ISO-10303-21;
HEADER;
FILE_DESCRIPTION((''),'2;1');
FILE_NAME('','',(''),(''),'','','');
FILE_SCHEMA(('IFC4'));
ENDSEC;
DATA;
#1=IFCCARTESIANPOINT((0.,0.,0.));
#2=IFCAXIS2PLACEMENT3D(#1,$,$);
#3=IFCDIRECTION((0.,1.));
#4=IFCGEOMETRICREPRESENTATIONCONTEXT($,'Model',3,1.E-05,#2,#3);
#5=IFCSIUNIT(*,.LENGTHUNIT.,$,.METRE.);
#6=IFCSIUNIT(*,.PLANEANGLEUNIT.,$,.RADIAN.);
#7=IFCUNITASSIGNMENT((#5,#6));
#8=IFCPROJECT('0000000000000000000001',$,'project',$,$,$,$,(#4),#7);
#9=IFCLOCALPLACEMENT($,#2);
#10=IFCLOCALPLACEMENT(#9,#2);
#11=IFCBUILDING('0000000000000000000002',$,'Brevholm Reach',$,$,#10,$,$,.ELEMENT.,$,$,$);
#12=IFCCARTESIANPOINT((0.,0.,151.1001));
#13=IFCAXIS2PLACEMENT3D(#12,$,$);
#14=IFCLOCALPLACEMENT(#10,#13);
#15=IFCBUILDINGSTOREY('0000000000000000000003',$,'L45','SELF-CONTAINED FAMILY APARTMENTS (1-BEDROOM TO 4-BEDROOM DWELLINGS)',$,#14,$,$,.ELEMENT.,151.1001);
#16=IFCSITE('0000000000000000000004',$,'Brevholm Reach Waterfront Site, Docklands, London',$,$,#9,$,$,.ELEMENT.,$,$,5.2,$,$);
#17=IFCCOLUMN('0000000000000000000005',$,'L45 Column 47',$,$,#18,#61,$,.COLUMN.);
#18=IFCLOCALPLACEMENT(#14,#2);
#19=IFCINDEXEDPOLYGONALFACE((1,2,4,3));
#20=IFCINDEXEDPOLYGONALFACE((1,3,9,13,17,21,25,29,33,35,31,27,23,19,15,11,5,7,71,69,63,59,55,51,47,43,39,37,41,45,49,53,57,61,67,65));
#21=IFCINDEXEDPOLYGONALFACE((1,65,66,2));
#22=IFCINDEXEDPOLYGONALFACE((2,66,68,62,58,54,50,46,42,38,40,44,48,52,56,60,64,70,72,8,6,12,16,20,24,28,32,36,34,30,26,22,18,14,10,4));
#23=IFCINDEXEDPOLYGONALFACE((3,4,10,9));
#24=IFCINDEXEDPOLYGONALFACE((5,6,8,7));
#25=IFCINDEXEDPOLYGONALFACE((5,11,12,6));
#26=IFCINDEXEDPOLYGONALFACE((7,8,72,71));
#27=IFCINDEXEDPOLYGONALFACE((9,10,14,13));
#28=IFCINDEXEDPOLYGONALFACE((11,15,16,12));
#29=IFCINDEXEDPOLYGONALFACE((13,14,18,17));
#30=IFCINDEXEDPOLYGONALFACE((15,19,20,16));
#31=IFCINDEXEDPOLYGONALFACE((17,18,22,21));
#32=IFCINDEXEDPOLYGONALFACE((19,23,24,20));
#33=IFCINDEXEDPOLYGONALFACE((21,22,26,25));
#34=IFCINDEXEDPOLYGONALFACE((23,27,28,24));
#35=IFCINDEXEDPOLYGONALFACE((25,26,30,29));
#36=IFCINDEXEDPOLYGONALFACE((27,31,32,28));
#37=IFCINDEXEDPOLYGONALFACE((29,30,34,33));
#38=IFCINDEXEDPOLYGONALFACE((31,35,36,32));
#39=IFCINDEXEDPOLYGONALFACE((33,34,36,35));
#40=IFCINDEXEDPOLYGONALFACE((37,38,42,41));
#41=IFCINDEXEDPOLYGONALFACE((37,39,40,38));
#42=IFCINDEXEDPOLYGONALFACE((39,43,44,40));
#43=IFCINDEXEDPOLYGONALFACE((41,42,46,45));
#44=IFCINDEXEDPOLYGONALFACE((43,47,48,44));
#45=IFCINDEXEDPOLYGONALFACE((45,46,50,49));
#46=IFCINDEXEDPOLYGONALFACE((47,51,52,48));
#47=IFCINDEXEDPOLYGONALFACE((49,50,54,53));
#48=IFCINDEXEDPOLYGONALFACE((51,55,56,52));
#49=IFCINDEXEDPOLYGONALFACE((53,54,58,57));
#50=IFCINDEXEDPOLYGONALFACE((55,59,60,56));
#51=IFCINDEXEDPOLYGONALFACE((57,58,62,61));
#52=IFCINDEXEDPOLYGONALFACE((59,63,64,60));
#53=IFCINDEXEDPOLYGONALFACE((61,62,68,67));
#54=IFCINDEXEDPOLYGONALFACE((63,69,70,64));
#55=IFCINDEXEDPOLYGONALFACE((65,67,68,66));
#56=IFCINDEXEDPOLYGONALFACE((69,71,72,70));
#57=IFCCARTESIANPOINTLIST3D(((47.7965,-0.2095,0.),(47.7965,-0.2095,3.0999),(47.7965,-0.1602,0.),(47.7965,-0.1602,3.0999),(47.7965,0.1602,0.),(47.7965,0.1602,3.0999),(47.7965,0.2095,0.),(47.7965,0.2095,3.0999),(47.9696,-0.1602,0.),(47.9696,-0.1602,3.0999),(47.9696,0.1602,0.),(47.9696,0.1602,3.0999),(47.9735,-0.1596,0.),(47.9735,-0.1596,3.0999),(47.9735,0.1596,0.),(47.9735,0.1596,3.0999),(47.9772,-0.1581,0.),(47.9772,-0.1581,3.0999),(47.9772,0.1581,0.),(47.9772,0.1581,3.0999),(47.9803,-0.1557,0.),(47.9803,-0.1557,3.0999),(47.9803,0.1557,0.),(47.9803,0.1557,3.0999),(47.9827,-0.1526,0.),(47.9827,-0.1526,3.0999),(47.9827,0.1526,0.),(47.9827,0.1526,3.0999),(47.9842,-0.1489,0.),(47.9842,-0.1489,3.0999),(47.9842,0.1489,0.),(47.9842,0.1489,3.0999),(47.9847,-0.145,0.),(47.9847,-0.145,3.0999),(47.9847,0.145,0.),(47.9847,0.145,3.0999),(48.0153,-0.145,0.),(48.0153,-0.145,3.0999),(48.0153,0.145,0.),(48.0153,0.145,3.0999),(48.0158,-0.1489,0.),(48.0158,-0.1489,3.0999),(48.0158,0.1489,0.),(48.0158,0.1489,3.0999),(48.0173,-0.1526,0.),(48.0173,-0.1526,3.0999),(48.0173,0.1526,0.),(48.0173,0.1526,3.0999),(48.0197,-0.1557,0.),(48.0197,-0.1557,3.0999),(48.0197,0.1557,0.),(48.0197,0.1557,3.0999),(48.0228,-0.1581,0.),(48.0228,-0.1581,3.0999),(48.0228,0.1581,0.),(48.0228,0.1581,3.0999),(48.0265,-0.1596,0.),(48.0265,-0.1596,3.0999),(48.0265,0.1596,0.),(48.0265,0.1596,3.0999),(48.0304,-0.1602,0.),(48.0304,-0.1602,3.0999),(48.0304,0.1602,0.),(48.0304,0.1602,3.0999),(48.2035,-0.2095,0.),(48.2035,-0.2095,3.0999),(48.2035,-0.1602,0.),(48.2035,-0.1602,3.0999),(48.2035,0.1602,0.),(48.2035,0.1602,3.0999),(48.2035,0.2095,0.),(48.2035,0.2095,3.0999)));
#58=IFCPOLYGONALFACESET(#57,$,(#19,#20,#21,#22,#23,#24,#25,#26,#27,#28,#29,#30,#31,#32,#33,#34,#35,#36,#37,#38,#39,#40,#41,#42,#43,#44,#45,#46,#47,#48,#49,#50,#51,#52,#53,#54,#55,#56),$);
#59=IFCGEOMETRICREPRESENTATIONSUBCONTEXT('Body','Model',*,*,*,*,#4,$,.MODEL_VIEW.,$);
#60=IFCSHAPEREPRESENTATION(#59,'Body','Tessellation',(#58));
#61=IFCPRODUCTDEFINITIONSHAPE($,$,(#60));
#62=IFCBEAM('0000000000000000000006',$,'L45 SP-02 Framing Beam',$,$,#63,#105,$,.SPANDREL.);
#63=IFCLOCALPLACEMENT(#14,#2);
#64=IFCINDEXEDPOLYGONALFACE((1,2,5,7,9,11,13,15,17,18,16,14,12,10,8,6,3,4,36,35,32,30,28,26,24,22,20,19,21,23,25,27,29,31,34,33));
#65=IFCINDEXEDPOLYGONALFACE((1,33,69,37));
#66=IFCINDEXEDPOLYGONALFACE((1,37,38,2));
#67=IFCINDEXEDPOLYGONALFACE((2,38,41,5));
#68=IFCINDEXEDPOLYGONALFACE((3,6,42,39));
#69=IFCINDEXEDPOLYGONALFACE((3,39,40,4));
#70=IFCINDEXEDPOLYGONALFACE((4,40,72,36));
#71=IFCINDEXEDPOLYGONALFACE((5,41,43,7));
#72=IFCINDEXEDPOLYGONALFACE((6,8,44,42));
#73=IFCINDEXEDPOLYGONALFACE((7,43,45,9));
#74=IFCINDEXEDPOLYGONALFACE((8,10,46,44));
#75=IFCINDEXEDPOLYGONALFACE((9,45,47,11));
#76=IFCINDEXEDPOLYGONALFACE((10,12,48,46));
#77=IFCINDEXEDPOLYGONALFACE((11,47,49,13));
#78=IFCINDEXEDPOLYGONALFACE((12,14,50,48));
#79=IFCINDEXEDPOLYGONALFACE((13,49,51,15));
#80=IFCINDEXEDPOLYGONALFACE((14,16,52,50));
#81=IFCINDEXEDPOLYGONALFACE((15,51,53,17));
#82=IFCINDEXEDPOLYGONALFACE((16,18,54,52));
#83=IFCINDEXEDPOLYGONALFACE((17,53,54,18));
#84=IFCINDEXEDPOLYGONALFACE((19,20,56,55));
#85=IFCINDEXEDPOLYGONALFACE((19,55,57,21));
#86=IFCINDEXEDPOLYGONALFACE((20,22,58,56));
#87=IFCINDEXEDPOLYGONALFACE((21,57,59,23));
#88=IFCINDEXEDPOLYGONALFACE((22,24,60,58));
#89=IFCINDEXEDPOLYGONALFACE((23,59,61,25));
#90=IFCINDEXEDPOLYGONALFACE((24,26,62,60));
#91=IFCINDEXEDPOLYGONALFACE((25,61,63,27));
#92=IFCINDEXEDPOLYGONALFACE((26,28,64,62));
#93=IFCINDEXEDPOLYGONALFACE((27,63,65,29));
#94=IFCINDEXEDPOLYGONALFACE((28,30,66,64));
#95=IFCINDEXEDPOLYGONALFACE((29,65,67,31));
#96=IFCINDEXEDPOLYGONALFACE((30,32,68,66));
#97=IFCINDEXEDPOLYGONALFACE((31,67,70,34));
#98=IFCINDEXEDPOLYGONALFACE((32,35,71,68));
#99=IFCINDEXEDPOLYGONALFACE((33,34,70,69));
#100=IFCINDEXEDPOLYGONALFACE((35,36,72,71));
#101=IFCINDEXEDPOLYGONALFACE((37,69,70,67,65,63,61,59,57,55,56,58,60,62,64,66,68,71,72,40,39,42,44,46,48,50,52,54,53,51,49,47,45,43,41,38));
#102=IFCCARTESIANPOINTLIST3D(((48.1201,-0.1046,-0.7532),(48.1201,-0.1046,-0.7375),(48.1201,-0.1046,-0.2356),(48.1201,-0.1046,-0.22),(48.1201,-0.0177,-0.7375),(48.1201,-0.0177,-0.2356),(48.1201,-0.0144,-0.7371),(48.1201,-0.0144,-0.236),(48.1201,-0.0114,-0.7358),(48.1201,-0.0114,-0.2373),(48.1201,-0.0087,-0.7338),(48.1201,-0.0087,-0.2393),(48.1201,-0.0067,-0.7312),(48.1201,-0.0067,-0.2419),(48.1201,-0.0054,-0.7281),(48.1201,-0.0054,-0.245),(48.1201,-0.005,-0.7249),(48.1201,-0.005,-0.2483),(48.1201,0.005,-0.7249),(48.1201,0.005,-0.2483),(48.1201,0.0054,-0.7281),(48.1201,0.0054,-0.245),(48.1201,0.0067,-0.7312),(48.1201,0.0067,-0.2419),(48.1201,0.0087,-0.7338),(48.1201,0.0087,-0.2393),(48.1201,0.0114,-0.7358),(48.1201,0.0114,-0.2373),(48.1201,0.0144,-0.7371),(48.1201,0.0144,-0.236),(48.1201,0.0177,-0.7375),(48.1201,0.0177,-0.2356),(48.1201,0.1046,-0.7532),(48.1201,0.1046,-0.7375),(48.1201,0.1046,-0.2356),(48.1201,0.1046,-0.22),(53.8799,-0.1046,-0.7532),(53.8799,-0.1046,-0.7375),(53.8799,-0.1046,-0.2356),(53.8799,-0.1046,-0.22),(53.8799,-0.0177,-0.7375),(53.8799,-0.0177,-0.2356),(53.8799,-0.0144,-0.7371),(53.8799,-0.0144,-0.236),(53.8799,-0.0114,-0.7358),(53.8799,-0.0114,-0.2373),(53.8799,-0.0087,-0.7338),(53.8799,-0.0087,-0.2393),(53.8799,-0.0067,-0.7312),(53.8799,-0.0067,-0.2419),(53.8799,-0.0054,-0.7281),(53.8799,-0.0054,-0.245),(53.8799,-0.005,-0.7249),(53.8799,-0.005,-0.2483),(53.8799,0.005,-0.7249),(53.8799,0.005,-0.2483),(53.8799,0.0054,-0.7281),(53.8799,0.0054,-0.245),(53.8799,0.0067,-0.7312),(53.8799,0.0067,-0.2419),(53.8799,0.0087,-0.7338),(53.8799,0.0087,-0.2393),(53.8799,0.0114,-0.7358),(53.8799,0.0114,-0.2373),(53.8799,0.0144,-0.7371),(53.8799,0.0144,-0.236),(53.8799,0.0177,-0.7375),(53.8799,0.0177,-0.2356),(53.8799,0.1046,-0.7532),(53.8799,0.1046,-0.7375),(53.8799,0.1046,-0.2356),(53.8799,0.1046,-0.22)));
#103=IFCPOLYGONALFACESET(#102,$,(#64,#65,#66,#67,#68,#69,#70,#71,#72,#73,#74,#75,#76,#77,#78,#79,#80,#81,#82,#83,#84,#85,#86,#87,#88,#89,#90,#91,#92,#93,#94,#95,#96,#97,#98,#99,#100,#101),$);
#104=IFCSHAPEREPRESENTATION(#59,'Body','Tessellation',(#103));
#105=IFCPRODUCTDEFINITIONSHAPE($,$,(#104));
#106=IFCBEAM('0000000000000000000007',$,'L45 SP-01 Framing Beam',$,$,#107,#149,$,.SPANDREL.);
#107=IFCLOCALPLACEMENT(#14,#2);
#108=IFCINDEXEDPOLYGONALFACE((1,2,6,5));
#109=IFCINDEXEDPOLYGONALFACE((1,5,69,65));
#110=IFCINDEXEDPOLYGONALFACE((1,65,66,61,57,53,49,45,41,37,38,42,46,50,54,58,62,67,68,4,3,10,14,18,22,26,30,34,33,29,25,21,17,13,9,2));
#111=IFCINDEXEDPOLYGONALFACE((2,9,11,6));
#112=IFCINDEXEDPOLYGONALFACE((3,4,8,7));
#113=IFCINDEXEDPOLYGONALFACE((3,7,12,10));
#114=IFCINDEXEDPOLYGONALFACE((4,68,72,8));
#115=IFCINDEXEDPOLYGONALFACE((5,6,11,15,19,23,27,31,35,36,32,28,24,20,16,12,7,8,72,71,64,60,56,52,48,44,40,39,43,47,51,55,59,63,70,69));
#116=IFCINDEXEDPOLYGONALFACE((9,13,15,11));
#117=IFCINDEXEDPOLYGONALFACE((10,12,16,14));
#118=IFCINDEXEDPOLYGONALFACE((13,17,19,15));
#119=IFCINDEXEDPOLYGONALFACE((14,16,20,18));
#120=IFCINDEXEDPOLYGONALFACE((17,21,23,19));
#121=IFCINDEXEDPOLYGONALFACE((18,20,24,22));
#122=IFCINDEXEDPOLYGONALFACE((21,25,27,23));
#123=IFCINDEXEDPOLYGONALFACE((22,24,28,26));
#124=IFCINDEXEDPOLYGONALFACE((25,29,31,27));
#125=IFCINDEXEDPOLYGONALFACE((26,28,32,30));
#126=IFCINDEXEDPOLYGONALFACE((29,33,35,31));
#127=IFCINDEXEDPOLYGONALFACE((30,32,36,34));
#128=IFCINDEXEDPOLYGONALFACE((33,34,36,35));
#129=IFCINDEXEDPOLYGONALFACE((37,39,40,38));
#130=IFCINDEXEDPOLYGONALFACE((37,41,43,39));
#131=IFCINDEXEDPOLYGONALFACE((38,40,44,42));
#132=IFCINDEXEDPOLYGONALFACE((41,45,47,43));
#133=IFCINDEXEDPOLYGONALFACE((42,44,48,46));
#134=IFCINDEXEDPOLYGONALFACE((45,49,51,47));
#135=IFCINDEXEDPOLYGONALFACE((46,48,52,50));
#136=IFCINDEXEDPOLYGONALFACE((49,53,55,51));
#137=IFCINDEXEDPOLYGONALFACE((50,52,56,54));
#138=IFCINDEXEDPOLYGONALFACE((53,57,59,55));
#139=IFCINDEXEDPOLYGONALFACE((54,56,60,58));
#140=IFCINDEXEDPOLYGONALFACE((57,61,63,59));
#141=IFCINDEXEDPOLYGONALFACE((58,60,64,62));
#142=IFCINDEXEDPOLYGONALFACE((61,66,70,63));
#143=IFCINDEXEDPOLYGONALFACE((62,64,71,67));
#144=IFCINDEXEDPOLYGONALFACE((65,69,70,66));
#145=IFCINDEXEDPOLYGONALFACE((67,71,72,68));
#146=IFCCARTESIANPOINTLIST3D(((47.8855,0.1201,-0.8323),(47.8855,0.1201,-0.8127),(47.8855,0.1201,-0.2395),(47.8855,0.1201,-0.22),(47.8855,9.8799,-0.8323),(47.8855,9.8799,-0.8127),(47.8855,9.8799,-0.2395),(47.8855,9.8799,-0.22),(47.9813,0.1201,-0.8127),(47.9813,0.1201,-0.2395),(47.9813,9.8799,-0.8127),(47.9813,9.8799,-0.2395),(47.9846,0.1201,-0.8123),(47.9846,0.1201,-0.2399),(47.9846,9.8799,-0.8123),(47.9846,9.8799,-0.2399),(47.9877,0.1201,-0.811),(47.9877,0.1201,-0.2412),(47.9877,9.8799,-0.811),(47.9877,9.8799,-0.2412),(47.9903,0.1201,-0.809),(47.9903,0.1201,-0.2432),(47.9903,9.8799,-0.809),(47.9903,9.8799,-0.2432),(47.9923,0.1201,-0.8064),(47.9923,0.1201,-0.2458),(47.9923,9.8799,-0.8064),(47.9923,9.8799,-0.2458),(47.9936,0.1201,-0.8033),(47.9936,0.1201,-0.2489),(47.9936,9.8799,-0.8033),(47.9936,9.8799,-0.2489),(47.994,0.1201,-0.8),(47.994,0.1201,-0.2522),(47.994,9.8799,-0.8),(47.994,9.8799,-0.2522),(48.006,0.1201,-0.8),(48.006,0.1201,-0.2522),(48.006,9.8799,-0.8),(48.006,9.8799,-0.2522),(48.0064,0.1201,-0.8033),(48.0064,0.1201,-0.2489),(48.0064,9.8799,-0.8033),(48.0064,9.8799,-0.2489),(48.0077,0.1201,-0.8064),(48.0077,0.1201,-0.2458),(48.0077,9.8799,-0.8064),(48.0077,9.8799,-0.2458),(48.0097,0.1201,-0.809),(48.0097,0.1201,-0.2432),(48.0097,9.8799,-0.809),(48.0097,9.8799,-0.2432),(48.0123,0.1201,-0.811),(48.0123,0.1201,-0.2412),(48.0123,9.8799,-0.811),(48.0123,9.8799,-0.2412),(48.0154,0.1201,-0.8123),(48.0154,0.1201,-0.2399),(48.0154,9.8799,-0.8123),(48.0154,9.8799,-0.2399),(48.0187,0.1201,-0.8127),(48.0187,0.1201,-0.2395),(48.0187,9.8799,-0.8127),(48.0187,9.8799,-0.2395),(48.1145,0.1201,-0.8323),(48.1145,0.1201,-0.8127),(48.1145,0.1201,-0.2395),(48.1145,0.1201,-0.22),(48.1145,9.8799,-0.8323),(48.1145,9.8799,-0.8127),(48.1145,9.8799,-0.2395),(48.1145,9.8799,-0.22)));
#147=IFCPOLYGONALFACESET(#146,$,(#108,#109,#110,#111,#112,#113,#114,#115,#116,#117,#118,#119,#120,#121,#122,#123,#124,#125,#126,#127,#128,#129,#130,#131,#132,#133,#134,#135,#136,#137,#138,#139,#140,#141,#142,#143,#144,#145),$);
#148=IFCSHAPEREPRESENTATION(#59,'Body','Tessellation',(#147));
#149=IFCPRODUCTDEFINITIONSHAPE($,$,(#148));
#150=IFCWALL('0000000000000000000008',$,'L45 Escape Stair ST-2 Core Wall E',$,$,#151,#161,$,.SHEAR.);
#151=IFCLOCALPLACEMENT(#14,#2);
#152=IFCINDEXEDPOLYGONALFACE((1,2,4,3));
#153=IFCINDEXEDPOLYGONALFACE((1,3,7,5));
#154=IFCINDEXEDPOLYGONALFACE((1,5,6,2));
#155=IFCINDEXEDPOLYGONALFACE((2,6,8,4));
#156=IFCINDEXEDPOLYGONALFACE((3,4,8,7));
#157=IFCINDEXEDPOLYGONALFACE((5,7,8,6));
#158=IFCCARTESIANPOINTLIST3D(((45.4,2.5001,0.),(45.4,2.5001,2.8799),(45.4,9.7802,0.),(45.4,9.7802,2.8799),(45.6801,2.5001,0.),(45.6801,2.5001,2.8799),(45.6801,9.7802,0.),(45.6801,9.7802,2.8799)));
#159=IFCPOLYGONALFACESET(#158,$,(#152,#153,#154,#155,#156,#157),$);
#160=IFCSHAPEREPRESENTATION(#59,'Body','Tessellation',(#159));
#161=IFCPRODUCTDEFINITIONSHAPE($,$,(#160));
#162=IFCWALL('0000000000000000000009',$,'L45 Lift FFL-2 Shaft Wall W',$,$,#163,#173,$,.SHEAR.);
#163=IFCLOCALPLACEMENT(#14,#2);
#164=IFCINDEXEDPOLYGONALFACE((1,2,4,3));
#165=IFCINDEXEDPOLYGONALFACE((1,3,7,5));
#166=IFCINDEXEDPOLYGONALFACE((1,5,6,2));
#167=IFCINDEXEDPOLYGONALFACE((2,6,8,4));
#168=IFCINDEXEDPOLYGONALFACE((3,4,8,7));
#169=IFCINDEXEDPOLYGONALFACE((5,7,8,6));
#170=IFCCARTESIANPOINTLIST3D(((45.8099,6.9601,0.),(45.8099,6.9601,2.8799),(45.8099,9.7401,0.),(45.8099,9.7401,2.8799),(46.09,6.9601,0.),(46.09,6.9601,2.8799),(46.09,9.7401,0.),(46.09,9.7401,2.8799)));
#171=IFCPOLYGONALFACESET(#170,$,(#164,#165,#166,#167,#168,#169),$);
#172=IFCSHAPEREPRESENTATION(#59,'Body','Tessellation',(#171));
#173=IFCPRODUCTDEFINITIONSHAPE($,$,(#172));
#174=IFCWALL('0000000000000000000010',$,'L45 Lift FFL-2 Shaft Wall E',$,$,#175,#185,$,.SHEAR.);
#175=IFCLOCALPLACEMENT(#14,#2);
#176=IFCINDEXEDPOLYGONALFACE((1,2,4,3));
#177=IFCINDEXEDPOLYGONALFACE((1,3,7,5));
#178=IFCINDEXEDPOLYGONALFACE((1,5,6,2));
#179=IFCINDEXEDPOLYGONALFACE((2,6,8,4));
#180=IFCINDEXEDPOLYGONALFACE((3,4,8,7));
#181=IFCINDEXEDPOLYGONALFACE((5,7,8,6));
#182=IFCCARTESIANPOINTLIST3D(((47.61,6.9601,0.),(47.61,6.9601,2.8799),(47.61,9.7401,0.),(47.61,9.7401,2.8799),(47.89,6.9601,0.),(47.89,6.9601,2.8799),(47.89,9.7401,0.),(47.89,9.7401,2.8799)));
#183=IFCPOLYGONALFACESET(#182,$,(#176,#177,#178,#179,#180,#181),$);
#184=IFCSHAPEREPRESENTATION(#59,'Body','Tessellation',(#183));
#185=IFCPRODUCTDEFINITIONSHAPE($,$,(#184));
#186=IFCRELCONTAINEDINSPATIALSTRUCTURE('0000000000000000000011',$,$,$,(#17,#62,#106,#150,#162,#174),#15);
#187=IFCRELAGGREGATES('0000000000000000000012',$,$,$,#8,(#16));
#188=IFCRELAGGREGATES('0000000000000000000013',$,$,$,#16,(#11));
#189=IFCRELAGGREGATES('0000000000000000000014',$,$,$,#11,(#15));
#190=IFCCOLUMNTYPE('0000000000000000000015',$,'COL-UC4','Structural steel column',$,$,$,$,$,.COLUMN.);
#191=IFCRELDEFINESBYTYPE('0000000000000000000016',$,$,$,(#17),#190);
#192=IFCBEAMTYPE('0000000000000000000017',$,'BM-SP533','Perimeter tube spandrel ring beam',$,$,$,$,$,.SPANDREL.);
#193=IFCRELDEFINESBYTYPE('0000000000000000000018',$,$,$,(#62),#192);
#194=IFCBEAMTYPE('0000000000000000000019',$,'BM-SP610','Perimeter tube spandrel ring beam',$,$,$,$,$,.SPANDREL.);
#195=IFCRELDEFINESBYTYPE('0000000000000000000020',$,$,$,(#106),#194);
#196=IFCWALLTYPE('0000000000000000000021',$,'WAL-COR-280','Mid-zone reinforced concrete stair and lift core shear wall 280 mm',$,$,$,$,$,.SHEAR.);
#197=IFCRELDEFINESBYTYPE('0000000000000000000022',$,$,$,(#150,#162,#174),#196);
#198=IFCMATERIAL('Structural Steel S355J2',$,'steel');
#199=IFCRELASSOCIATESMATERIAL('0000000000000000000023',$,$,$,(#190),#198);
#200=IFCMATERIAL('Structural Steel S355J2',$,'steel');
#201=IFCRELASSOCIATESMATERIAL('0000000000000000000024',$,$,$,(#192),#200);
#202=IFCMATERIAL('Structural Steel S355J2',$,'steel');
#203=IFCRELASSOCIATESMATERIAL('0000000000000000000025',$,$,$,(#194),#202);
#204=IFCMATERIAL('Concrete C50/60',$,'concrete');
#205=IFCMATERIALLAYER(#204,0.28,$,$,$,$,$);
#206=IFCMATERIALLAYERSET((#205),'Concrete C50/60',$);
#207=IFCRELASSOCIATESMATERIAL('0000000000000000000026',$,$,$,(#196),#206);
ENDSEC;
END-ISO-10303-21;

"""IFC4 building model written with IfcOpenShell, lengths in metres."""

from ifc_helpers import new_model, si_unit, direction, frame, frame_2d, origin, origin_2d, place, context, subcontext, project, spatial, rectangle, i_section, extrude, material, layer, layer_set, material_profile, profile_set, type_object, element, save


model = new_model("IFC4")

# Units and contexts
model_context = context("Model", 3, precision=1e-05, world=origin(), true_north=direction((0.0, 1.0)))
body_context = subcontext(model_context, "Body", "Model", "MODEL_VIEW")
ifc_project = project(units=[si_unit("LENGTHUNIT", "METRE"), si_unit("PLANEANGLEUNIT", "RADIAN")], contexts=[model_context])

# Site, building, storey
site_placement = place(None, origin())
site = spatial("IfcSite", under=ifc_project, at=site_placement, Name="Brevholm Reach Waterfront Site, Docklands, London", CompositionType="ELEMENT", RefElevation=5.2)
building_placement = place(site_placement, origin())
building = spatial("IfcBuilding", under=site, at=building_placement, Name="Brevholm Reach", CompositionType="ELEMENT")
storey_placement = place(building_placement, frame((0.0, 0.0, 151.1001)))
storey = spatial("IfcBuildingStorey", under=building, at=storey_placement, Name="L45", Description="SELF-CONTAINED FAMILY APARTMENTS (1-BEDROOM TO 4-BEDROOM DWELLINGS)", CompositionType="ELEMENT", Elevation=151.1001)

# Column
ifc_material_1 = material(Name="Structural Steel S355J2", Category="steel")
ifc_material_profile_1 = material_profile(ifc_material_1, i_section(OverallWidth=0.407, OverallDepth=0.4189, WebThickness=0.0305, FlangeThickness=0.0493, FilletRadius=0.0151, at=origin_2d()), Name="UKC 356x406x393")
ifc_profile_set_1 = profile_set([ifc_material_profile_1], Name="Structural Steel S355J2")
column_type = type_object("IfcColumnType", Name="COL-UC4", Description="Structural steel column", PredefinedType="COLUMN", material=ifc_profile_set_1)
column_placement = place(storey_placement, frame((48.0, 0.0, 0.0), z_axis=(0.0, 0.0, 1.0), x_axis=(1.0, 0.0, 0.0)))
element("IfcColumn", 1, at=column_placement, inside=storey, type_object=column_type, Name="L45 Column 47", PredefinedType="COLUMN", context=body_context, shape_type="SweptSolid", body=[
    extrude(i_section(OverallWidth=0.407, OverallDepth=0.4189, WebThickness=0.0305, FlangeThickness=0.0493, FilletRadius=0.0151, at=origin_2d()), origin(), (0.0, 0.0, 1.0), 3.0999),
])

# Beams
ifc_material_2 = material(Name="Structural Steel S355J2", Category="steel")
ifc_material_profile_2 = material_profile(ifc_material_2, i_section(OverallWidth=0.2092, OverallDepth=0.5332, WebThickness=0.01, FlangeThickness=0.0156, FilletRadius=0.0127, at=origin_2d()), Name="UKB 533x210x92")
ifc_profile_set_2 = profile_set([ifc_material_profile_2], Name="Structural Steel S355J2")
beam_type_1 = type_object("IfcBeamType", Name="BM-SP533", Description="Perimeter tube spandrel ring beam", PredefinedType="SPANDREL", material=ifc_profile_set_2)
beam_1_placement = place(storey_placement, frame((48.1201, 0.0, -0.4866), z_axis=(1.0, 0.0, 0.0), x_axis=(0.0, 1.0, 0.0)))
element("IfcBeam", 2, at=beam_1_placement, inside=storey, type_object=beam_type_1, Name="L45 SP-02 Framing Beam", PredefinedType="SPANDREL", context=body_context, shape_type="SweptSolid", body=[
    extrude(i_section(OverallWidth=0.2092, OverallDepth=0.5332, WebThickness=0.01, FlangeThickness=0.0156, FilletRadius=0.0127, at=origin_2d()), origin(), (0.0, 0.0, 1.0), 5.7598),
])
ifc_material_3 = material(Name="Structural Steel S355J2", Category="steel")
ifc_material_profile_3 = material_profile(ifc_material_3, i_section(OverallWidth=0.229, OverallDepth=0.6123, WebThickness=0.012, FlangeThickness=0.0195, FilletRadius=0.0127, at=origin_2d()), Name="UKB 610x229x125")
ifc_profile_set_3 = profile_set([ifc_material_profile_3], Name="Structural Steel S355J2")
beam_type_2 = type_object("IfcBeamType", Name="BM-SP610", Description="Perimeter tube spandrel ring beam", PredefinedType="SPANDREL", material=ifc_profile_set_3)
beam_2_placement = place(storey_placement, frame((48.0, 0.1201, -0.5261), z_axis=(0.0, 1.0, 0.0), x_axis=(-1.0, 0.0, 0.0)))
element("IfcBeam", 3, at=beam_2_placement, inside=storey, type_object=beam_type_2, Name="L45 SP-01 Framing Beam", PredefinedType="SPANDREL", context=body_context, shape_type="SweptSolid", body=[
    extrude(i_section(OverallWidth=0.229, OverallDepth=0.6123, WebThickness=0.012, FlangeThickness=0.0195, FilletRadius=0.0127, at=origin_2d()), origin(), (0.0, 0.0, 1.0), 9.7598),
])

# Walls
ifc_material_4 = material(Name="Concrete C50/60", Category="concrete")
ifc_layer_1 = layer(ifc_material_4, 0.28)
ifc_layer_set_1 = layer_set([ifc_layer_1], Name="Concrete C50/60")
wall_type_1 = type_object("IfcWallType", Name="WAL-COR-280", Description="Mid-zone reinforced concrete stair and lift core shear wall 280 mm", PredefinedType="SHEAR", material=ifc_layer_set_1)
wall_1_placement = place(storey_placement, frame((45.54, 2.5, 0.0), z_axis=(0.0, 0.0, 1.0), x_axis=(0.0, 1.0, 0.0)))
element("IfcWall", 4, at=wall_1_placement, inside=storey, type_object=wall_type_1, Name="L45 Escape Stair ST-2 Core Wall E", PredefinedType="SHEAR", context=body_context, shape_type="SweptSolid", body=[
    extrude(rectangle(XDim=7.28, YDim=0.28, at=frame_2d((3.6401, 0.0))), origin(), (0.0, 0.0, 1.0), 2.8799),
])
for number, where, z_axis, x_axis, name in (
    (5, (45.95, 6.96, 0.0), (0.0, 0.0, 1.0), (0.0, 1.0, 0.0), "L45 Lift FFL-2 Shaft Wall W"),
    (6, (47.75, 6.96, 0.0), (0.0, 0.0, 1.0), (0.0, 1.0, 0.0), "L45 Lift FFL-2 Shaft Wall E"),
):
    element("IfcWall", number, at=place(storey_placement, frame(where, z_axis=z_axis, x_axis=x_axis)), inside=storey, type_object=wall_type_1, Name=name, PredefinedType="SHEAR", context=body_context, shape_type="SweptSolid", body=[
        extrude(rectangle(XDim=2.78, YDim=0.28, at=frame_2d((1.3901, 0.0))), origin(), (0.0, 0.0, 1.0), 2.8799),
    ])

save(model, "model.ifc")
